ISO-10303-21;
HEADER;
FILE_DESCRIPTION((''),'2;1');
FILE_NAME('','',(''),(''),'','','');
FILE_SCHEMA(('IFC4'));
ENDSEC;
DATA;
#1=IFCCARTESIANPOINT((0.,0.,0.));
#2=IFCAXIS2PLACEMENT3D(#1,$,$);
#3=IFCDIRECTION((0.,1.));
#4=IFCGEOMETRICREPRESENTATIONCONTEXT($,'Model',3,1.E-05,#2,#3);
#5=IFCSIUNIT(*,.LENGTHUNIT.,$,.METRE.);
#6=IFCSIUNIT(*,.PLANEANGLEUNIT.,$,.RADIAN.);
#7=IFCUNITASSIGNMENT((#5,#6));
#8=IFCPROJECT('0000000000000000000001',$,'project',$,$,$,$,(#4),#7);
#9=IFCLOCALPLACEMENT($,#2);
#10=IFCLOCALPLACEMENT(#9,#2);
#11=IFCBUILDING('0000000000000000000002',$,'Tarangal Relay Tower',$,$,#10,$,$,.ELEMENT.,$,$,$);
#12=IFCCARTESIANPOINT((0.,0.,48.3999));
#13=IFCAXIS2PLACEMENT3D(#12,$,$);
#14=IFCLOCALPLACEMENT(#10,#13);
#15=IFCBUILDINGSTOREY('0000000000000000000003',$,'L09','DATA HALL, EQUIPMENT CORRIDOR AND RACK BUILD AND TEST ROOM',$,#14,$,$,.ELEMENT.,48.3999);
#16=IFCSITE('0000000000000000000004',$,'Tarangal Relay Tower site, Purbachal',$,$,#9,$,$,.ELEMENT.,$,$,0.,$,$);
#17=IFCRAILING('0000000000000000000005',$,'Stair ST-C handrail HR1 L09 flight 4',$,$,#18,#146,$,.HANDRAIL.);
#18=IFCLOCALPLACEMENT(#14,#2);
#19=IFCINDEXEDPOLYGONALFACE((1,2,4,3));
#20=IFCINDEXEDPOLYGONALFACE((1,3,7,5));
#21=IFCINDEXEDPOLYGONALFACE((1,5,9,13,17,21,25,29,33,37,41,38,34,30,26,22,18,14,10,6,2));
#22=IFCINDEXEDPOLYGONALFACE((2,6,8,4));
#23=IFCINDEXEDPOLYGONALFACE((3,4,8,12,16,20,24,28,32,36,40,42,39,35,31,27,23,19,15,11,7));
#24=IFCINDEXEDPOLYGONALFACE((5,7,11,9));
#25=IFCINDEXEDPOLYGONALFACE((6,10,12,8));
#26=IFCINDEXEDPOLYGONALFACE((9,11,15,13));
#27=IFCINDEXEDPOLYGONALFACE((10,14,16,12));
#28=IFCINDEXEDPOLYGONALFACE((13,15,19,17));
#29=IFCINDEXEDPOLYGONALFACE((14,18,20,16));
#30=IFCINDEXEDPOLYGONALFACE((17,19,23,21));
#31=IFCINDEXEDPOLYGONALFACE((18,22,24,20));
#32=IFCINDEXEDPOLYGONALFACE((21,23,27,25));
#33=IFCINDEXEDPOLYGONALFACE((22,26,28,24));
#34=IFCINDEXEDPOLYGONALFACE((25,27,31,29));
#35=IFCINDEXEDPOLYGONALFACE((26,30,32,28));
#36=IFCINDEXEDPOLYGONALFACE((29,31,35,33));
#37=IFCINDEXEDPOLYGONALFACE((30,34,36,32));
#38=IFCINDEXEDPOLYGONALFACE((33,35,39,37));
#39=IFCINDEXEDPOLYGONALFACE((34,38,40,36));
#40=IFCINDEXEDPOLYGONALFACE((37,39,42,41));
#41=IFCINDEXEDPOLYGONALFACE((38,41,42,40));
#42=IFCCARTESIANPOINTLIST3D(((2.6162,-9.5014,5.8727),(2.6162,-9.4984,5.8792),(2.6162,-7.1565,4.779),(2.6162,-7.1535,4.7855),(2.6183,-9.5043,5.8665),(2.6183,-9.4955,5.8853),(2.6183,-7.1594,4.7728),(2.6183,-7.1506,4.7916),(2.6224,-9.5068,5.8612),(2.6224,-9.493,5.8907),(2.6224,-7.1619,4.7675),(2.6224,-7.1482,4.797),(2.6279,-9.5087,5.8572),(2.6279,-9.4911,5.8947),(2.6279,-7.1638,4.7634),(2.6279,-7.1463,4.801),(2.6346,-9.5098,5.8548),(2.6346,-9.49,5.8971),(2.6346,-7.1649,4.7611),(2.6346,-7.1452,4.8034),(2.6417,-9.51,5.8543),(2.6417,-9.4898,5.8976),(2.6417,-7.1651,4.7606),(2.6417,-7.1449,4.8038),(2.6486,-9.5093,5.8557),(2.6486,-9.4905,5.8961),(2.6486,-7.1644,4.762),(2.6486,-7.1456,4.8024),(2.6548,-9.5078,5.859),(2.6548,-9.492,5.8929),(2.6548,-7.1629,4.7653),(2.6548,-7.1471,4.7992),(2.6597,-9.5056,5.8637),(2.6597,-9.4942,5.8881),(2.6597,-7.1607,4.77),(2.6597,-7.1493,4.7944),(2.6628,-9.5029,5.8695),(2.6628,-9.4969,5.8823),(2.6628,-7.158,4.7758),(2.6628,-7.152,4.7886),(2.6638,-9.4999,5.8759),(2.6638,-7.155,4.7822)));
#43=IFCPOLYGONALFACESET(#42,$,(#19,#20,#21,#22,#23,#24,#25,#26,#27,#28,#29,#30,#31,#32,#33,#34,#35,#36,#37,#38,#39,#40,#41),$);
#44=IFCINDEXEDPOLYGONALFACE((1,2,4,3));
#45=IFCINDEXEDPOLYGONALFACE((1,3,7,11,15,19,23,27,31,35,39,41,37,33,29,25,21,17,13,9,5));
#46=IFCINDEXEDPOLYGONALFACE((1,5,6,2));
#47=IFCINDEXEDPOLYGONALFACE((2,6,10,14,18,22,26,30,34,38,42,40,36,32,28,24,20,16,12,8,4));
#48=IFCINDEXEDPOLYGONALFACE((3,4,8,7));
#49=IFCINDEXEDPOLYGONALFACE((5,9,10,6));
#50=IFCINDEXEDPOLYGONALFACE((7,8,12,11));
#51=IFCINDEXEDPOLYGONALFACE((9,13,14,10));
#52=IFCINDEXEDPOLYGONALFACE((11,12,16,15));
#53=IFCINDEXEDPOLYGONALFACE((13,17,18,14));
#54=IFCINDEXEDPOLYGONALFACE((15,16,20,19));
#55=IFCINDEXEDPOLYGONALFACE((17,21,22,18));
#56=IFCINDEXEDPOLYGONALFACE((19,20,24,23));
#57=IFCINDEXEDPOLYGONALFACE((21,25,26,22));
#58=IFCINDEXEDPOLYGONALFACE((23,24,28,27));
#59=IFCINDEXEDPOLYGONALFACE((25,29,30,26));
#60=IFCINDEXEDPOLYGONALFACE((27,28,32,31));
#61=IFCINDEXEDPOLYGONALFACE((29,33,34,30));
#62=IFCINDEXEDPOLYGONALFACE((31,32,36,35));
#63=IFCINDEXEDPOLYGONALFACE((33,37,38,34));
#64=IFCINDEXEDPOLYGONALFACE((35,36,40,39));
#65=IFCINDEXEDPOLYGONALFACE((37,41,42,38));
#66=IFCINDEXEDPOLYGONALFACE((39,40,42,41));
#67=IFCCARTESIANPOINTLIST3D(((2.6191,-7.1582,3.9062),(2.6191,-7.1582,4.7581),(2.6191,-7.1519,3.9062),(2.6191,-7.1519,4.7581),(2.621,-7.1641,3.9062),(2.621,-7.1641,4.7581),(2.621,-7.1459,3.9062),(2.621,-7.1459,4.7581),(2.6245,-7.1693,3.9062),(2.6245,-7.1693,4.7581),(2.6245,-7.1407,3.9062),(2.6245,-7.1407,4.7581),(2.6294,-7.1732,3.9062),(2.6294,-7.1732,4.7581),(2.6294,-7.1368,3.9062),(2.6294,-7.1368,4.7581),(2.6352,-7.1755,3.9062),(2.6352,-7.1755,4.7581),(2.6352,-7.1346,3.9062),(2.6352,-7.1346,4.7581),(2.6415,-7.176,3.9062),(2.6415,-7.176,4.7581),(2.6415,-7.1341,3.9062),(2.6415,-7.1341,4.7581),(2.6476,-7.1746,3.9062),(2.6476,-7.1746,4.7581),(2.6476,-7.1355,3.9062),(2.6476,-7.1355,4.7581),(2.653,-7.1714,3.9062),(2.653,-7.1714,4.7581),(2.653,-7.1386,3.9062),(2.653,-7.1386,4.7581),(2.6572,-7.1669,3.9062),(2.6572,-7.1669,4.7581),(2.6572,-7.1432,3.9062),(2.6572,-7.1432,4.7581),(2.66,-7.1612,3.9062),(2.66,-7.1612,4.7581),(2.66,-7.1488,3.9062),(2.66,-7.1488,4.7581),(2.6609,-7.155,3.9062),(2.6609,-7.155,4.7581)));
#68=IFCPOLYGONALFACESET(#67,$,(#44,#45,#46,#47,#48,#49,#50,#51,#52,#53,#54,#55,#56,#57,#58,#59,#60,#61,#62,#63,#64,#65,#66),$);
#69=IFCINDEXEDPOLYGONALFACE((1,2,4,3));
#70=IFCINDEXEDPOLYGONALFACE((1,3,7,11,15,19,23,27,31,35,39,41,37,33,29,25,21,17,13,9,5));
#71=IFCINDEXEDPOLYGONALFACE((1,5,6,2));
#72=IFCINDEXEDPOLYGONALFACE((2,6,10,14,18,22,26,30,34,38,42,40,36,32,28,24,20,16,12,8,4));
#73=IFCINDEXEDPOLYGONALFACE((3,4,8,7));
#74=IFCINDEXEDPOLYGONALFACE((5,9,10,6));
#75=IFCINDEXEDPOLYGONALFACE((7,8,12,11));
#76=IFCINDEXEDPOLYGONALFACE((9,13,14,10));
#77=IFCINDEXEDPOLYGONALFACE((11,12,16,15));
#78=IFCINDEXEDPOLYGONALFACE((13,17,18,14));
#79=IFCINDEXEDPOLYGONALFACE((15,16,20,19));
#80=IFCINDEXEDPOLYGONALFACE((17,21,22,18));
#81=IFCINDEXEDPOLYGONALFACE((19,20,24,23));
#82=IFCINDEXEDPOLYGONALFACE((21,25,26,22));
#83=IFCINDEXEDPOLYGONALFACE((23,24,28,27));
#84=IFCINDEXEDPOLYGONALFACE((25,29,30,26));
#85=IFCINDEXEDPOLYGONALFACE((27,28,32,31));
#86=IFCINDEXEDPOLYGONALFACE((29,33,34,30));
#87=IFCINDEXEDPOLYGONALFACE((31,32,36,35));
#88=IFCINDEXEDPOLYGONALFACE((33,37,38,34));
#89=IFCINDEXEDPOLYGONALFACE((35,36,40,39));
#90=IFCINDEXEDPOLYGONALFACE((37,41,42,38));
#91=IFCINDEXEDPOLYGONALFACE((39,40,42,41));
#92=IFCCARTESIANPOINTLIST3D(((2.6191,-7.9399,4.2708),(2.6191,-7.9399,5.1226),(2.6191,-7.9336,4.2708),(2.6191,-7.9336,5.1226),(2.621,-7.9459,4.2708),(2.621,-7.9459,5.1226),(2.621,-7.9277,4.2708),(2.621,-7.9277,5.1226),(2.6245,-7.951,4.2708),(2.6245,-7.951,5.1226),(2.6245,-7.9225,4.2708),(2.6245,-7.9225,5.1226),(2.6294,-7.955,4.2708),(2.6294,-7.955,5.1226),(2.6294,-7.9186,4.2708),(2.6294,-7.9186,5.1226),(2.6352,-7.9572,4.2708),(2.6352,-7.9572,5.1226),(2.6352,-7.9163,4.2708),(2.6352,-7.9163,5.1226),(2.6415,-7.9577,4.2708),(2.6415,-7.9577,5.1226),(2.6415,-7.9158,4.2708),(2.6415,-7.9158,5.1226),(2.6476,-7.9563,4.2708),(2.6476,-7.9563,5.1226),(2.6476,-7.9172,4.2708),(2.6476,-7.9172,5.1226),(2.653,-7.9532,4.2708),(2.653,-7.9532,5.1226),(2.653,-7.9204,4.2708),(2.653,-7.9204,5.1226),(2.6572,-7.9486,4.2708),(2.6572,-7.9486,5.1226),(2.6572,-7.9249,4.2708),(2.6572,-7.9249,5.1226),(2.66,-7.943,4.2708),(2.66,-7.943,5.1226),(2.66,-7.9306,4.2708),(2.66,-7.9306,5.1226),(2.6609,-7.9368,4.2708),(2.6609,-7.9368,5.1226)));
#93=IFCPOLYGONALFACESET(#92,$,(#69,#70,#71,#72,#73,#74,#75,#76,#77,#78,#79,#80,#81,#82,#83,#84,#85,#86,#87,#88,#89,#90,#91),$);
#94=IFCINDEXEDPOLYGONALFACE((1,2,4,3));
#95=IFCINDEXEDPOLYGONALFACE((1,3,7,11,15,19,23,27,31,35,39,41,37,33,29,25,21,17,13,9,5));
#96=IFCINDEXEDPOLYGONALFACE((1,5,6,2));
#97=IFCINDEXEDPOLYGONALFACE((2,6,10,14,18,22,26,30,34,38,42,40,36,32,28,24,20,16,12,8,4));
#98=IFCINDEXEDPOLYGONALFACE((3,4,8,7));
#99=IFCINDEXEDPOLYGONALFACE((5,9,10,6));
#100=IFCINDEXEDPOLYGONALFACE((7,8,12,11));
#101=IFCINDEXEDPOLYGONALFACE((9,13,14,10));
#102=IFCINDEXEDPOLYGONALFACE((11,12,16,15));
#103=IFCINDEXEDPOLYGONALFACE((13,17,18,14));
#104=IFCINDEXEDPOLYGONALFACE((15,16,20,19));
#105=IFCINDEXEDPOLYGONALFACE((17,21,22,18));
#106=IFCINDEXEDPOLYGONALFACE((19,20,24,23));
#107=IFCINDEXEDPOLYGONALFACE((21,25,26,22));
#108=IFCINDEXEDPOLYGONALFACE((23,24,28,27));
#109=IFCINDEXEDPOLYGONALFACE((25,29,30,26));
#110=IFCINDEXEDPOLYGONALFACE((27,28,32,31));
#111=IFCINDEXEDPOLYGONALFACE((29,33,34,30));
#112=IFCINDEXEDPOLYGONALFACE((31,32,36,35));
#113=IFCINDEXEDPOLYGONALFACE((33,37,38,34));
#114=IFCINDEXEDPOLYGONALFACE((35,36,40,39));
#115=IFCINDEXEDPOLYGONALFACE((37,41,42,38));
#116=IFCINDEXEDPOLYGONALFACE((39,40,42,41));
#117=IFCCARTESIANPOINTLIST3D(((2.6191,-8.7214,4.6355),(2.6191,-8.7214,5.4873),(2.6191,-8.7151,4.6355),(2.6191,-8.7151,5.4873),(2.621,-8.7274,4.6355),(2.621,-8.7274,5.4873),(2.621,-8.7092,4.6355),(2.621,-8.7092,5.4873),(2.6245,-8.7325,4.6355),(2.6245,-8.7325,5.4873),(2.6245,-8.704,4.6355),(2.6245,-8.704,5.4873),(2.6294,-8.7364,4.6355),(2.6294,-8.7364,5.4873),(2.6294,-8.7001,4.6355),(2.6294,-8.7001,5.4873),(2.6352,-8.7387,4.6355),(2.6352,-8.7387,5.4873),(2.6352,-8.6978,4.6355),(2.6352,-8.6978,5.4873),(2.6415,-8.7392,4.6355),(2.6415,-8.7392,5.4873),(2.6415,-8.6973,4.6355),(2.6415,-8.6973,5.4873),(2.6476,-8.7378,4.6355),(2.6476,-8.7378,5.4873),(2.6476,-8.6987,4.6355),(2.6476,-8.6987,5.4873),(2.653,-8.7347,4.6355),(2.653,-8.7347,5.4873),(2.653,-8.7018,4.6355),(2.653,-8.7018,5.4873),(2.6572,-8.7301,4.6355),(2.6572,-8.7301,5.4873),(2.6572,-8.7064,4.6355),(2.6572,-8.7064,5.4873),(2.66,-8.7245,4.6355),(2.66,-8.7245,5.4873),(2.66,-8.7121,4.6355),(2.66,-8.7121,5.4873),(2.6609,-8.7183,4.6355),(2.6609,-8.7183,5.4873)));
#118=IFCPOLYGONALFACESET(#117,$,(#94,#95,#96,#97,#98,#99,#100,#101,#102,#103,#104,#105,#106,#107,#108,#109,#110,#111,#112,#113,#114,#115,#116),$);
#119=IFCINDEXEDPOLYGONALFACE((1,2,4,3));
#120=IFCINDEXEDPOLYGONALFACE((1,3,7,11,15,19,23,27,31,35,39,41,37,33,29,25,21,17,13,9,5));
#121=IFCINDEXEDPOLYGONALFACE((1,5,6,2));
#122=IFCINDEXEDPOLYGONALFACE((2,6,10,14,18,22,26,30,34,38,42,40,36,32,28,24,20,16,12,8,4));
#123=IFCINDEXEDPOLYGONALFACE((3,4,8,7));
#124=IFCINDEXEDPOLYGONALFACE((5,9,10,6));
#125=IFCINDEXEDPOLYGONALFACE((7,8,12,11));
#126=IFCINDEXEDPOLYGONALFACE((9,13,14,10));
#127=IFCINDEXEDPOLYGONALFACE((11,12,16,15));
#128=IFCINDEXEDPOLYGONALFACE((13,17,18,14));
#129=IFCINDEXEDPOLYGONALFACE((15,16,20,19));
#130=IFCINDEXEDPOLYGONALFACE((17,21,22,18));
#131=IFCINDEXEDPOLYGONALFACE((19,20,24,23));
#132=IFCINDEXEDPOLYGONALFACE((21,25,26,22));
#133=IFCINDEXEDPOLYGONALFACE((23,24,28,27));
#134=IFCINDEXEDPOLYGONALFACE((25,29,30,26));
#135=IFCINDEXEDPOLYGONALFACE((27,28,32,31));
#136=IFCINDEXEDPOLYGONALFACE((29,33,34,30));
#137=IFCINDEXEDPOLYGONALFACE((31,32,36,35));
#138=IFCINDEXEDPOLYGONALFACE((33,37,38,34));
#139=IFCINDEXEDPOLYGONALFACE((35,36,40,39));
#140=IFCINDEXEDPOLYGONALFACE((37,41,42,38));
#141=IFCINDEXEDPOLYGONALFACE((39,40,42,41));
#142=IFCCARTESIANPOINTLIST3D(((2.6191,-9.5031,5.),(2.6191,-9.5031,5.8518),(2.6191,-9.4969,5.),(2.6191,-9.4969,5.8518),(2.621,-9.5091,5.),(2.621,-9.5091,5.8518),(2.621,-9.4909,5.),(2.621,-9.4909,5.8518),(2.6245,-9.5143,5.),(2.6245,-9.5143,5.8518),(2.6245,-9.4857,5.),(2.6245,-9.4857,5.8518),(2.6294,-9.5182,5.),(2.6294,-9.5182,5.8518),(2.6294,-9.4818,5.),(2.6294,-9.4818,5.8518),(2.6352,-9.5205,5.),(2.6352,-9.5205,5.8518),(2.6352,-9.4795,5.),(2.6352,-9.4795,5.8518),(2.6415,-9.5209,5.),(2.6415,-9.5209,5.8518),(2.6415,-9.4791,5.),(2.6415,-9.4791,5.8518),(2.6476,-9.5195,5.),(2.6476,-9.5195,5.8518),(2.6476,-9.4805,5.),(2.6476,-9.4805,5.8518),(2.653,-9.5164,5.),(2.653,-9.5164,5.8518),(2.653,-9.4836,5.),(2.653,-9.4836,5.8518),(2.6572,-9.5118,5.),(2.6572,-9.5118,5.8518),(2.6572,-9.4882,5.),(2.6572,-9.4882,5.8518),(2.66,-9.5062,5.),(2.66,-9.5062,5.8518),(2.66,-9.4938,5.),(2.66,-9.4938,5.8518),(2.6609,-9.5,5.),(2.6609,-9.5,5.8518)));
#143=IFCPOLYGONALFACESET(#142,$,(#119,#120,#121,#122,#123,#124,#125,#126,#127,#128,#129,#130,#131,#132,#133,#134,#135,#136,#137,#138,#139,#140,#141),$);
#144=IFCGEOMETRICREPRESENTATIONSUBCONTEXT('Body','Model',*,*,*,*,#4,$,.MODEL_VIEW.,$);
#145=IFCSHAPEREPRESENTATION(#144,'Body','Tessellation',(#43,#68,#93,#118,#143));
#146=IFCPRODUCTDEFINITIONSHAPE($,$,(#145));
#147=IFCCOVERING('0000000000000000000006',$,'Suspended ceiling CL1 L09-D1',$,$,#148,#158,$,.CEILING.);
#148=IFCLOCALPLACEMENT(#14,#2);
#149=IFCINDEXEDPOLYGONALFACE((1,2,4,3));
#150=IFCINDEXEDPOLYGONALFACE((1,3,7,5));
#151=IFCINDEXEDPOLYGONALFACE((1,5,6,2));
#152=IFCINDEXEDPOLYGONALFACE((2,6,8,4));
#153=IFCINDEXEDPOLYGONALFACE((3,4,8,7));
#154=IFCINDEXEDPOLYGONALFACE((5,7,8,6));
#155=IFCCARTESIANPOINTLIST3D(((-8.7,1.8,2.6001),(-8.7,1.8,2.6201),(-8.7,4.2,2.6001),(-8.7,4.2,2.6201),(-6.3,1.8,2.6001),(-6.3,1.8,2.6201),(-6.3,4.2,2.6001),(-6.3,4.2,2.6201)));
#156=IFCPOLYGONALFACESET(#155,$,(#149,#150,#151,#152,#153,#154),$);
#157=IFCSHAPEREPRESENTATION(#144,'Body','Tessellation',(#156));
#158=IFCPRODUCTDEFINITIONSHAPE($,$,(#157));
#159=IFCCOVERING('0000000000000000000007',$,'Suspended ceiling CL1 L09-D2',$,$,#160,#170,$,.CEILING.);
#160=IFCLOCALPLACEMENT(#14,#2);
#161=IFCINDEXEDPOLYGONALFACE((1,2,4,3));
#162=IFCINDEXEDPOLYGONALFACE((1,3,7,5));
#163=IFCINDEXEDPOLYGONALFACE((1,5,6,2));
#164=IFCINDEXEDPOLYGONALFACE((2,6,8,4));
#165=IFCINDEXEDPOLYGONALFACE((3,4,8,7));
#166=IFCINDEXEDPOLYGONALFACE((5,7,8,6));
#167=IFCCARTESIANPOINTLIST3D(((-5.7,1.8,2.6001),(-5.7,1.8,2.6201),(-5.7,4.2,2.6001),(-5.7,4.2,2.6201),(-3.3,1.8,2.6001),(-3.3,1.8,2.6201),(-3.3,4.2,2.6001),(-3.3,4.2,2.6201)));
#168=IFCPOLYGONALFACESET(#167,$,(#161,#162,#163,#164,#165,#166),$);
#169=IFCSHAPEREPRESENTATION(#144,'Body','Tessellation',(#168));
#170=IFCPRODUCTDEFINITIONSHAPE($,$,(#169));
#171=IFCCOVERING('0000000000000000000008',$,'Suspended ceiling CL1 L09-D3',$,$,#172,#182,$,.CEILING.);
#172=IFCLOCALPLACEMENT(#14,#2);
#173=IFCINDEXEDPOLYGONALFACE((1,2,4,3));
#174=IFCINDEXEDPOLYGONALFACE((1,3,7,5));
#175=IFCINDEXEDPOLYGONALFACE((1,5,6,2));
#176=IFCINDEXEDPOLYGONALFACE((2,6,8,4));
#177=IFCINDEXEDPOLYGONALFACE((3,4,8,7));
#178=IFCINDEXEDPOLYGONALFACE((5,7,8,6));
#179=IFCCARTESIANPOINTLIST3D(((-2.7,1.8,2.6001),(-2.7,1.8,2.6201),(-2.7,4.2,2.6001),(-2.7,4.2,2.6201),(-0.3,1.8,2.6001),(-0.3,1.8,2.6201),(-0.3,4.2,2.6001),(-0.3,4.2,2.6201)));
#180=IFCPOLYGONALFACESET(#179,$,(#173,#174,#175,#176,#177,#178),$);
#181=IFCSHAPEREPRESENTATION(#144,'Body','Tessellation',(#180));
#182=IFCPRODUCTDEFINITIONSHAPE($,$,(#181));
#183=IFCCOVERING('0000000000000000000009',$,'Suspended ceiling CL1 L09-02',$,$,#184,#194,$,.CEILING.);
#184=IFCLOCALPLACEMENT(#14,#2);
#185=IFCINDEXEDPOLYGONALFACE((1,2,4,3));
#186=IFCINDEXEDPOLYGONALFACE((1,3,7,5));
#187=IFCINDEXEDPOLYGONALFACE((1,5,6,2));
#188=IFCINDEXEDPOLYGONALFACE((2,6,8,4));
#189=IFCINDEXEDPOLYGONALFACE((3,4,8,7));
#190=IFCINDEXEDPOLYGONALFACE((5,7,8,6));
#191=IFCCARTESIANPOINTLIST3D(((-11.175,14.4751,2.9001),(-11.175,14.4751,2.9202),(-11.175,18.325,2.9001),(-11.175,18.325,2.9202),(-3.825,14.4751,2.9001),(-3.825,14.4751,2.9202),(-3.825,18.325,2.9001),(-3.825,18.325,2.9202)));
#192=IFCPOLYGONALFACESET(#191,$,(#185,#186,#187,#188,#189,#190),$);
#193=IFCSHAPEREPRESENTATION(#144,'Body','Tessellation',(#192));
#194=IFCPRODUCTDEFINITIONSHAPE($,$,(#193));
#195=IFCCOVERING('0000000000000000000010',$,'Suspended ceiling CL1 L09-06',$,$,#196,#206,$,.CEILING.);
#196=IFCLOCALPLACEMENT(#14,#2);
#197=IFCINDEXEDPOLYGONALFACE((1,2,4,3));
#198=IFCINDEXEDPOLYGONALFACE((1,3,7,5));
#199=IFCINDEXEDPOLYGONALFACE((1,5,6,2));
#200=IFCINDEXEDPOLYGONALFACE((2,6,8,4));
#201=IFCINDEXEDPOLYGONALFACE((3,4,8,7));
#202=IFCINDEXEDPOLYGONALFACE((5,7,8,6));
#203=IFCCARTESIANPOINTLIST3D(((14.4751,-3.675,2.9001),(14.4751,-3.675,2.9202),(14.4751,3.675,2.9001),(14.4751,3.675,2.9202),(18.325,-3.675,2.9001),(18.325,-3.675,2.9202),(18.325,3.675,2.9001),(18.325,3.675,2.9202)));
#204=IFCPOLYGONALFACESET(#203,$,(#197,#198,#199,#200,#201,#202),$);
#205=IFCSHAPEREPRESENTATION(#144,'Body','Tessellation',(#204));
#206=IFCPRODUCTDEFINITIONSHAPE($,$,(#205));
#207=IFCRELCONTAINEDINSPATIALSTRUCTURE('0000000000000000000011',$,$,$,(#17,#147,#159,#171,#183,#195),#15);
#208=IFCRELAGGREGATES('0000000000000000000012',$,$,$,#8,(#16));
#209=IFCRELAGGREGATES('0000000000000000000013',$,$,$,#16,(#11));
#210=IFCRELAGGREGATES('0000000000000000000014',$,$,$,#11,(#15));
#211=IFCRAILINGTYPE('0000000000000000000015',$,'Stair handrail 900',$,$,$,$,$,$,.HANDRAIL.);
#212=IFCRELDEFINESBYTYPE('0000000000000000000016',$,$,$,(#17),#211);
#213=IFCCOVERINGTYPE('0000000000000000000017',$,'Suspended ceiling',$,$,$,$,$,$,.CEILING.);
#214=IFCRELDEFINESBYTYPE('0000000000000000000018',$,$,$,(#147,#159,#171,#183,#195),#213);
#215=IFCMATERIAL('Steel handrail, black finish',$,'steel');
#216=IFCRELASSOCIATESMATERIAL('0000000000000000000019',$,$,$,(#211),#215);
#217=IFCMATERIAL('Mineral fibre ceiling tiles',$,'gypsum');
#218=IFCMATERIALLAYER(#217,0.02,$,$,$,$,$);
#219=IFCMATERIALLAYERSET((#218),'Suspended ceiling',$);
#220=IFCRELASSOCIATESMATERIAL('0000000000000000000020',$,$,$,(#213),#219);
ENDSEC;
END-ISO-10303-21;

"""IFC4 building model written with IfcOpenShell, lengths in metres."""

from ifc_helpers import new_model, si_unit, direction, frame, origin, origin_2d, place, context, subcontext, project, spatial, polyline, circle, outline, extrude, material, layer, layer_set, type_object, element, save


model = new_model("IFC4")

# Units and contexts
model_context = context("Model", 3, precision=1e-05, world=origin(), true_north=direction((0.0, 1.0)))
body_context = subcontext(model_context, "Body", "Model", "MODEL_VIEW")
ifc_project = project(units=[si_unit("LENGTHUNIT", "METRE"), si_unit("PLANEANGLEUNIT", "RADIAN")], contexts=[model_context])

# Site, building, storey
site_placement = place(None, origin())
site = spatial("IfcSite", under=ifc_project, at=site_placement, Name="Tarangal Relay Tower site, Purbachal", CompositionType="ELEMENT", RefElevation=0.0)
building_placement = place(site_placement, origin())
building = spatial("IfcBuilding", under=site, at=building_placement, Name="Tarangal Relay Tower", CompositionType="ELEMENT")
storey_placement = place(building_placement, frame((0.0, 0.0, 48.3999)))
storey = spatial("IfcBuildingStorey", under=building, at=storey_placement, Name="L09", Description="DATA HALL, EQUIPMENT CORRIDOR AND RACK BUILD AND TEST ROOM", CompositionType="ELEMENT", Elevation=48.3999)

# Railing
ifc_material_1 = material(Name="Steel handrail, black finish", Category="steel")
railing_type_1 = type_object("IfcRailingType", Name="Stair handrail 900", PredefinedType="HANDRAIL", material=ifc_material_1)
for number, where, name in (
    (1, (2.6399, -7.155, 3.9062), "Stair ST-C handrail HR1 L09 flight 4"),
):
    element("IfcRailing", number, at=place(storey_placement, frame(where)), inside=storey, type_object=railing_type_1, Name=name, PredefinedType="HANDRAIL", context=body_context, shape_type="SweptSolid", body=[
        extrude(circle(Radius=0.0239, at=origin_2d()), frame((0.0, 0.0, 0.876), z_axis=(0.0, -0.906267, 0.422705), x_axis=(1.0, 0.0, 0.0)), (0.0, 0.0, 1.0), 2.5874),
        extrude(circle(Radius=0.021, at=origin_2d()), origin(), (0.0, 0.0, 1.0), 0.8518),
        extrude(circle(Radius=0.021, at=origin_2d()), frame((0.0, -0.7817, 0.3645)), (0.0, 0.0, 1.0), 0.8518),
        extrude(circle(Radius=0.021, at=origin_2d()), frame((0.0, -1.5632, 0.7292)), (0.0, 0.0, 1.0), 0.8518),
        extrude(circle(Radius=0.021, at=origin_2d()), frame((0.0, -2.345, 1.0938)), (0.0, 0.0, 1.0), 0.8518),
    ])

# Coverings
ifc_material_2 = material(Name="Mineral fibre ceiling tiles", Category="gypsum")
ifc_layer_1 = layer(ifc_material_2, 0.02)
ifc_layer_set_1 = layer_set([ifc_layer_1], Name="Suspended ceiling")
covering_type_1 = type_object("IfcCoveringType", Name="Suspended ceiling", PredefinedType="CEILING", material=ifc_layer_set_1)
covering_1_placement = place(storey_placement, frame((0.0, 0.0, 2.6001)))
element("IfcCovering", 2, at=covering_1_placement, inside=storey, type_object=covering_type_1, Name="Suspended ceiling CL1 L09-D1", PredefinedType="CEILING", context=body_context, shape_type="SweptSolid", body=[
    extrude(outline(polyline([(-8.7, 1.8), (-6.3, 1.8), (-6.3, 4.2), (-8.7, 4.2), (-8.7, 1.8)])), origin(), (0.0, 0.0, 1.0), 0.02),
])
covering_2_placement = place(storey_placement, frame((0.0, 0.0, 2.6001)))
element("IfcCovering", 3, at=covering_2_placement, inside=storey, type_object=covering_type_1, Name="Suspended ceiling CL1 L09-D2", PredefinedType="CEILING", context=body_context, shape_type="SweptSolid", body=[
    extrude(outline(polyline([(-5.7, 1.8), (-3.3, 1.8), (-3.3, 4.2), (-5.7, 4.2), (-5.7, 1.8)])), origin(), (0.0, 0.0, 1.0), 0.02),
])
covering_3_placement = place(storey_placement, frame((0.0, 0.0, 2.6001)))
element("IfcCovering", 4, at=covering_3_placement, inside=storey, type_object=covering_type_1, Name="Suspended ceiling CL1 L09-D3", PredefinedType="CEILING", context=body_context, shape_type="SweptSolid", body=[
    extrude(outline(polyline([(-2.7, 1.8), (-0.3, 1.8), (-0.3, 4.2), (-2.7, 4.2), (-2.7, 1.8)])), origin(), (0.0, 0.0, 1.0), 0.02),
])
covering_4_placement = place(storey_placement, frame((0.0, 0.0, 2.9001)))
element("IfcCovering", 5, at=covering_4_placement, inside=storey, type_object=covering_type_1, Name="Suspended ceiling CL1 L09-02", PredefinedType="CEILING", context=body_context, shape_type="SweptSolid", body=[
    extrude(outline(polyline([(-11.175, 18.325), (-11.175, 14.4751), (-3.825, 14.4751), (-3.825, 18.325), (-11.175, 18.325)])), origin(), (0.0, 0.0, 1.0), 0.02),
])
covering_5_placement = place(storey_placement, frame((0.0, 0.0, 2.9001)))
element("IfcCovering", 6, at=covering_5_placement, inside=storey, type_object=covering_type_1, Name="Suspended ceiling CL1 L09-06", PredefinedType="CEILING", context=body_context, shape_type="SweptSolid", body=[
    extrude(outline(polyline([(18.325, 3.675), (14.4751, 3.675), (14.4751, -3.675), (18.325, -3.675), (18.325, 3.675)])), origin(), (0.0, 0.0, 1.0), 0.02),
])

save(model, "model.ifc")
